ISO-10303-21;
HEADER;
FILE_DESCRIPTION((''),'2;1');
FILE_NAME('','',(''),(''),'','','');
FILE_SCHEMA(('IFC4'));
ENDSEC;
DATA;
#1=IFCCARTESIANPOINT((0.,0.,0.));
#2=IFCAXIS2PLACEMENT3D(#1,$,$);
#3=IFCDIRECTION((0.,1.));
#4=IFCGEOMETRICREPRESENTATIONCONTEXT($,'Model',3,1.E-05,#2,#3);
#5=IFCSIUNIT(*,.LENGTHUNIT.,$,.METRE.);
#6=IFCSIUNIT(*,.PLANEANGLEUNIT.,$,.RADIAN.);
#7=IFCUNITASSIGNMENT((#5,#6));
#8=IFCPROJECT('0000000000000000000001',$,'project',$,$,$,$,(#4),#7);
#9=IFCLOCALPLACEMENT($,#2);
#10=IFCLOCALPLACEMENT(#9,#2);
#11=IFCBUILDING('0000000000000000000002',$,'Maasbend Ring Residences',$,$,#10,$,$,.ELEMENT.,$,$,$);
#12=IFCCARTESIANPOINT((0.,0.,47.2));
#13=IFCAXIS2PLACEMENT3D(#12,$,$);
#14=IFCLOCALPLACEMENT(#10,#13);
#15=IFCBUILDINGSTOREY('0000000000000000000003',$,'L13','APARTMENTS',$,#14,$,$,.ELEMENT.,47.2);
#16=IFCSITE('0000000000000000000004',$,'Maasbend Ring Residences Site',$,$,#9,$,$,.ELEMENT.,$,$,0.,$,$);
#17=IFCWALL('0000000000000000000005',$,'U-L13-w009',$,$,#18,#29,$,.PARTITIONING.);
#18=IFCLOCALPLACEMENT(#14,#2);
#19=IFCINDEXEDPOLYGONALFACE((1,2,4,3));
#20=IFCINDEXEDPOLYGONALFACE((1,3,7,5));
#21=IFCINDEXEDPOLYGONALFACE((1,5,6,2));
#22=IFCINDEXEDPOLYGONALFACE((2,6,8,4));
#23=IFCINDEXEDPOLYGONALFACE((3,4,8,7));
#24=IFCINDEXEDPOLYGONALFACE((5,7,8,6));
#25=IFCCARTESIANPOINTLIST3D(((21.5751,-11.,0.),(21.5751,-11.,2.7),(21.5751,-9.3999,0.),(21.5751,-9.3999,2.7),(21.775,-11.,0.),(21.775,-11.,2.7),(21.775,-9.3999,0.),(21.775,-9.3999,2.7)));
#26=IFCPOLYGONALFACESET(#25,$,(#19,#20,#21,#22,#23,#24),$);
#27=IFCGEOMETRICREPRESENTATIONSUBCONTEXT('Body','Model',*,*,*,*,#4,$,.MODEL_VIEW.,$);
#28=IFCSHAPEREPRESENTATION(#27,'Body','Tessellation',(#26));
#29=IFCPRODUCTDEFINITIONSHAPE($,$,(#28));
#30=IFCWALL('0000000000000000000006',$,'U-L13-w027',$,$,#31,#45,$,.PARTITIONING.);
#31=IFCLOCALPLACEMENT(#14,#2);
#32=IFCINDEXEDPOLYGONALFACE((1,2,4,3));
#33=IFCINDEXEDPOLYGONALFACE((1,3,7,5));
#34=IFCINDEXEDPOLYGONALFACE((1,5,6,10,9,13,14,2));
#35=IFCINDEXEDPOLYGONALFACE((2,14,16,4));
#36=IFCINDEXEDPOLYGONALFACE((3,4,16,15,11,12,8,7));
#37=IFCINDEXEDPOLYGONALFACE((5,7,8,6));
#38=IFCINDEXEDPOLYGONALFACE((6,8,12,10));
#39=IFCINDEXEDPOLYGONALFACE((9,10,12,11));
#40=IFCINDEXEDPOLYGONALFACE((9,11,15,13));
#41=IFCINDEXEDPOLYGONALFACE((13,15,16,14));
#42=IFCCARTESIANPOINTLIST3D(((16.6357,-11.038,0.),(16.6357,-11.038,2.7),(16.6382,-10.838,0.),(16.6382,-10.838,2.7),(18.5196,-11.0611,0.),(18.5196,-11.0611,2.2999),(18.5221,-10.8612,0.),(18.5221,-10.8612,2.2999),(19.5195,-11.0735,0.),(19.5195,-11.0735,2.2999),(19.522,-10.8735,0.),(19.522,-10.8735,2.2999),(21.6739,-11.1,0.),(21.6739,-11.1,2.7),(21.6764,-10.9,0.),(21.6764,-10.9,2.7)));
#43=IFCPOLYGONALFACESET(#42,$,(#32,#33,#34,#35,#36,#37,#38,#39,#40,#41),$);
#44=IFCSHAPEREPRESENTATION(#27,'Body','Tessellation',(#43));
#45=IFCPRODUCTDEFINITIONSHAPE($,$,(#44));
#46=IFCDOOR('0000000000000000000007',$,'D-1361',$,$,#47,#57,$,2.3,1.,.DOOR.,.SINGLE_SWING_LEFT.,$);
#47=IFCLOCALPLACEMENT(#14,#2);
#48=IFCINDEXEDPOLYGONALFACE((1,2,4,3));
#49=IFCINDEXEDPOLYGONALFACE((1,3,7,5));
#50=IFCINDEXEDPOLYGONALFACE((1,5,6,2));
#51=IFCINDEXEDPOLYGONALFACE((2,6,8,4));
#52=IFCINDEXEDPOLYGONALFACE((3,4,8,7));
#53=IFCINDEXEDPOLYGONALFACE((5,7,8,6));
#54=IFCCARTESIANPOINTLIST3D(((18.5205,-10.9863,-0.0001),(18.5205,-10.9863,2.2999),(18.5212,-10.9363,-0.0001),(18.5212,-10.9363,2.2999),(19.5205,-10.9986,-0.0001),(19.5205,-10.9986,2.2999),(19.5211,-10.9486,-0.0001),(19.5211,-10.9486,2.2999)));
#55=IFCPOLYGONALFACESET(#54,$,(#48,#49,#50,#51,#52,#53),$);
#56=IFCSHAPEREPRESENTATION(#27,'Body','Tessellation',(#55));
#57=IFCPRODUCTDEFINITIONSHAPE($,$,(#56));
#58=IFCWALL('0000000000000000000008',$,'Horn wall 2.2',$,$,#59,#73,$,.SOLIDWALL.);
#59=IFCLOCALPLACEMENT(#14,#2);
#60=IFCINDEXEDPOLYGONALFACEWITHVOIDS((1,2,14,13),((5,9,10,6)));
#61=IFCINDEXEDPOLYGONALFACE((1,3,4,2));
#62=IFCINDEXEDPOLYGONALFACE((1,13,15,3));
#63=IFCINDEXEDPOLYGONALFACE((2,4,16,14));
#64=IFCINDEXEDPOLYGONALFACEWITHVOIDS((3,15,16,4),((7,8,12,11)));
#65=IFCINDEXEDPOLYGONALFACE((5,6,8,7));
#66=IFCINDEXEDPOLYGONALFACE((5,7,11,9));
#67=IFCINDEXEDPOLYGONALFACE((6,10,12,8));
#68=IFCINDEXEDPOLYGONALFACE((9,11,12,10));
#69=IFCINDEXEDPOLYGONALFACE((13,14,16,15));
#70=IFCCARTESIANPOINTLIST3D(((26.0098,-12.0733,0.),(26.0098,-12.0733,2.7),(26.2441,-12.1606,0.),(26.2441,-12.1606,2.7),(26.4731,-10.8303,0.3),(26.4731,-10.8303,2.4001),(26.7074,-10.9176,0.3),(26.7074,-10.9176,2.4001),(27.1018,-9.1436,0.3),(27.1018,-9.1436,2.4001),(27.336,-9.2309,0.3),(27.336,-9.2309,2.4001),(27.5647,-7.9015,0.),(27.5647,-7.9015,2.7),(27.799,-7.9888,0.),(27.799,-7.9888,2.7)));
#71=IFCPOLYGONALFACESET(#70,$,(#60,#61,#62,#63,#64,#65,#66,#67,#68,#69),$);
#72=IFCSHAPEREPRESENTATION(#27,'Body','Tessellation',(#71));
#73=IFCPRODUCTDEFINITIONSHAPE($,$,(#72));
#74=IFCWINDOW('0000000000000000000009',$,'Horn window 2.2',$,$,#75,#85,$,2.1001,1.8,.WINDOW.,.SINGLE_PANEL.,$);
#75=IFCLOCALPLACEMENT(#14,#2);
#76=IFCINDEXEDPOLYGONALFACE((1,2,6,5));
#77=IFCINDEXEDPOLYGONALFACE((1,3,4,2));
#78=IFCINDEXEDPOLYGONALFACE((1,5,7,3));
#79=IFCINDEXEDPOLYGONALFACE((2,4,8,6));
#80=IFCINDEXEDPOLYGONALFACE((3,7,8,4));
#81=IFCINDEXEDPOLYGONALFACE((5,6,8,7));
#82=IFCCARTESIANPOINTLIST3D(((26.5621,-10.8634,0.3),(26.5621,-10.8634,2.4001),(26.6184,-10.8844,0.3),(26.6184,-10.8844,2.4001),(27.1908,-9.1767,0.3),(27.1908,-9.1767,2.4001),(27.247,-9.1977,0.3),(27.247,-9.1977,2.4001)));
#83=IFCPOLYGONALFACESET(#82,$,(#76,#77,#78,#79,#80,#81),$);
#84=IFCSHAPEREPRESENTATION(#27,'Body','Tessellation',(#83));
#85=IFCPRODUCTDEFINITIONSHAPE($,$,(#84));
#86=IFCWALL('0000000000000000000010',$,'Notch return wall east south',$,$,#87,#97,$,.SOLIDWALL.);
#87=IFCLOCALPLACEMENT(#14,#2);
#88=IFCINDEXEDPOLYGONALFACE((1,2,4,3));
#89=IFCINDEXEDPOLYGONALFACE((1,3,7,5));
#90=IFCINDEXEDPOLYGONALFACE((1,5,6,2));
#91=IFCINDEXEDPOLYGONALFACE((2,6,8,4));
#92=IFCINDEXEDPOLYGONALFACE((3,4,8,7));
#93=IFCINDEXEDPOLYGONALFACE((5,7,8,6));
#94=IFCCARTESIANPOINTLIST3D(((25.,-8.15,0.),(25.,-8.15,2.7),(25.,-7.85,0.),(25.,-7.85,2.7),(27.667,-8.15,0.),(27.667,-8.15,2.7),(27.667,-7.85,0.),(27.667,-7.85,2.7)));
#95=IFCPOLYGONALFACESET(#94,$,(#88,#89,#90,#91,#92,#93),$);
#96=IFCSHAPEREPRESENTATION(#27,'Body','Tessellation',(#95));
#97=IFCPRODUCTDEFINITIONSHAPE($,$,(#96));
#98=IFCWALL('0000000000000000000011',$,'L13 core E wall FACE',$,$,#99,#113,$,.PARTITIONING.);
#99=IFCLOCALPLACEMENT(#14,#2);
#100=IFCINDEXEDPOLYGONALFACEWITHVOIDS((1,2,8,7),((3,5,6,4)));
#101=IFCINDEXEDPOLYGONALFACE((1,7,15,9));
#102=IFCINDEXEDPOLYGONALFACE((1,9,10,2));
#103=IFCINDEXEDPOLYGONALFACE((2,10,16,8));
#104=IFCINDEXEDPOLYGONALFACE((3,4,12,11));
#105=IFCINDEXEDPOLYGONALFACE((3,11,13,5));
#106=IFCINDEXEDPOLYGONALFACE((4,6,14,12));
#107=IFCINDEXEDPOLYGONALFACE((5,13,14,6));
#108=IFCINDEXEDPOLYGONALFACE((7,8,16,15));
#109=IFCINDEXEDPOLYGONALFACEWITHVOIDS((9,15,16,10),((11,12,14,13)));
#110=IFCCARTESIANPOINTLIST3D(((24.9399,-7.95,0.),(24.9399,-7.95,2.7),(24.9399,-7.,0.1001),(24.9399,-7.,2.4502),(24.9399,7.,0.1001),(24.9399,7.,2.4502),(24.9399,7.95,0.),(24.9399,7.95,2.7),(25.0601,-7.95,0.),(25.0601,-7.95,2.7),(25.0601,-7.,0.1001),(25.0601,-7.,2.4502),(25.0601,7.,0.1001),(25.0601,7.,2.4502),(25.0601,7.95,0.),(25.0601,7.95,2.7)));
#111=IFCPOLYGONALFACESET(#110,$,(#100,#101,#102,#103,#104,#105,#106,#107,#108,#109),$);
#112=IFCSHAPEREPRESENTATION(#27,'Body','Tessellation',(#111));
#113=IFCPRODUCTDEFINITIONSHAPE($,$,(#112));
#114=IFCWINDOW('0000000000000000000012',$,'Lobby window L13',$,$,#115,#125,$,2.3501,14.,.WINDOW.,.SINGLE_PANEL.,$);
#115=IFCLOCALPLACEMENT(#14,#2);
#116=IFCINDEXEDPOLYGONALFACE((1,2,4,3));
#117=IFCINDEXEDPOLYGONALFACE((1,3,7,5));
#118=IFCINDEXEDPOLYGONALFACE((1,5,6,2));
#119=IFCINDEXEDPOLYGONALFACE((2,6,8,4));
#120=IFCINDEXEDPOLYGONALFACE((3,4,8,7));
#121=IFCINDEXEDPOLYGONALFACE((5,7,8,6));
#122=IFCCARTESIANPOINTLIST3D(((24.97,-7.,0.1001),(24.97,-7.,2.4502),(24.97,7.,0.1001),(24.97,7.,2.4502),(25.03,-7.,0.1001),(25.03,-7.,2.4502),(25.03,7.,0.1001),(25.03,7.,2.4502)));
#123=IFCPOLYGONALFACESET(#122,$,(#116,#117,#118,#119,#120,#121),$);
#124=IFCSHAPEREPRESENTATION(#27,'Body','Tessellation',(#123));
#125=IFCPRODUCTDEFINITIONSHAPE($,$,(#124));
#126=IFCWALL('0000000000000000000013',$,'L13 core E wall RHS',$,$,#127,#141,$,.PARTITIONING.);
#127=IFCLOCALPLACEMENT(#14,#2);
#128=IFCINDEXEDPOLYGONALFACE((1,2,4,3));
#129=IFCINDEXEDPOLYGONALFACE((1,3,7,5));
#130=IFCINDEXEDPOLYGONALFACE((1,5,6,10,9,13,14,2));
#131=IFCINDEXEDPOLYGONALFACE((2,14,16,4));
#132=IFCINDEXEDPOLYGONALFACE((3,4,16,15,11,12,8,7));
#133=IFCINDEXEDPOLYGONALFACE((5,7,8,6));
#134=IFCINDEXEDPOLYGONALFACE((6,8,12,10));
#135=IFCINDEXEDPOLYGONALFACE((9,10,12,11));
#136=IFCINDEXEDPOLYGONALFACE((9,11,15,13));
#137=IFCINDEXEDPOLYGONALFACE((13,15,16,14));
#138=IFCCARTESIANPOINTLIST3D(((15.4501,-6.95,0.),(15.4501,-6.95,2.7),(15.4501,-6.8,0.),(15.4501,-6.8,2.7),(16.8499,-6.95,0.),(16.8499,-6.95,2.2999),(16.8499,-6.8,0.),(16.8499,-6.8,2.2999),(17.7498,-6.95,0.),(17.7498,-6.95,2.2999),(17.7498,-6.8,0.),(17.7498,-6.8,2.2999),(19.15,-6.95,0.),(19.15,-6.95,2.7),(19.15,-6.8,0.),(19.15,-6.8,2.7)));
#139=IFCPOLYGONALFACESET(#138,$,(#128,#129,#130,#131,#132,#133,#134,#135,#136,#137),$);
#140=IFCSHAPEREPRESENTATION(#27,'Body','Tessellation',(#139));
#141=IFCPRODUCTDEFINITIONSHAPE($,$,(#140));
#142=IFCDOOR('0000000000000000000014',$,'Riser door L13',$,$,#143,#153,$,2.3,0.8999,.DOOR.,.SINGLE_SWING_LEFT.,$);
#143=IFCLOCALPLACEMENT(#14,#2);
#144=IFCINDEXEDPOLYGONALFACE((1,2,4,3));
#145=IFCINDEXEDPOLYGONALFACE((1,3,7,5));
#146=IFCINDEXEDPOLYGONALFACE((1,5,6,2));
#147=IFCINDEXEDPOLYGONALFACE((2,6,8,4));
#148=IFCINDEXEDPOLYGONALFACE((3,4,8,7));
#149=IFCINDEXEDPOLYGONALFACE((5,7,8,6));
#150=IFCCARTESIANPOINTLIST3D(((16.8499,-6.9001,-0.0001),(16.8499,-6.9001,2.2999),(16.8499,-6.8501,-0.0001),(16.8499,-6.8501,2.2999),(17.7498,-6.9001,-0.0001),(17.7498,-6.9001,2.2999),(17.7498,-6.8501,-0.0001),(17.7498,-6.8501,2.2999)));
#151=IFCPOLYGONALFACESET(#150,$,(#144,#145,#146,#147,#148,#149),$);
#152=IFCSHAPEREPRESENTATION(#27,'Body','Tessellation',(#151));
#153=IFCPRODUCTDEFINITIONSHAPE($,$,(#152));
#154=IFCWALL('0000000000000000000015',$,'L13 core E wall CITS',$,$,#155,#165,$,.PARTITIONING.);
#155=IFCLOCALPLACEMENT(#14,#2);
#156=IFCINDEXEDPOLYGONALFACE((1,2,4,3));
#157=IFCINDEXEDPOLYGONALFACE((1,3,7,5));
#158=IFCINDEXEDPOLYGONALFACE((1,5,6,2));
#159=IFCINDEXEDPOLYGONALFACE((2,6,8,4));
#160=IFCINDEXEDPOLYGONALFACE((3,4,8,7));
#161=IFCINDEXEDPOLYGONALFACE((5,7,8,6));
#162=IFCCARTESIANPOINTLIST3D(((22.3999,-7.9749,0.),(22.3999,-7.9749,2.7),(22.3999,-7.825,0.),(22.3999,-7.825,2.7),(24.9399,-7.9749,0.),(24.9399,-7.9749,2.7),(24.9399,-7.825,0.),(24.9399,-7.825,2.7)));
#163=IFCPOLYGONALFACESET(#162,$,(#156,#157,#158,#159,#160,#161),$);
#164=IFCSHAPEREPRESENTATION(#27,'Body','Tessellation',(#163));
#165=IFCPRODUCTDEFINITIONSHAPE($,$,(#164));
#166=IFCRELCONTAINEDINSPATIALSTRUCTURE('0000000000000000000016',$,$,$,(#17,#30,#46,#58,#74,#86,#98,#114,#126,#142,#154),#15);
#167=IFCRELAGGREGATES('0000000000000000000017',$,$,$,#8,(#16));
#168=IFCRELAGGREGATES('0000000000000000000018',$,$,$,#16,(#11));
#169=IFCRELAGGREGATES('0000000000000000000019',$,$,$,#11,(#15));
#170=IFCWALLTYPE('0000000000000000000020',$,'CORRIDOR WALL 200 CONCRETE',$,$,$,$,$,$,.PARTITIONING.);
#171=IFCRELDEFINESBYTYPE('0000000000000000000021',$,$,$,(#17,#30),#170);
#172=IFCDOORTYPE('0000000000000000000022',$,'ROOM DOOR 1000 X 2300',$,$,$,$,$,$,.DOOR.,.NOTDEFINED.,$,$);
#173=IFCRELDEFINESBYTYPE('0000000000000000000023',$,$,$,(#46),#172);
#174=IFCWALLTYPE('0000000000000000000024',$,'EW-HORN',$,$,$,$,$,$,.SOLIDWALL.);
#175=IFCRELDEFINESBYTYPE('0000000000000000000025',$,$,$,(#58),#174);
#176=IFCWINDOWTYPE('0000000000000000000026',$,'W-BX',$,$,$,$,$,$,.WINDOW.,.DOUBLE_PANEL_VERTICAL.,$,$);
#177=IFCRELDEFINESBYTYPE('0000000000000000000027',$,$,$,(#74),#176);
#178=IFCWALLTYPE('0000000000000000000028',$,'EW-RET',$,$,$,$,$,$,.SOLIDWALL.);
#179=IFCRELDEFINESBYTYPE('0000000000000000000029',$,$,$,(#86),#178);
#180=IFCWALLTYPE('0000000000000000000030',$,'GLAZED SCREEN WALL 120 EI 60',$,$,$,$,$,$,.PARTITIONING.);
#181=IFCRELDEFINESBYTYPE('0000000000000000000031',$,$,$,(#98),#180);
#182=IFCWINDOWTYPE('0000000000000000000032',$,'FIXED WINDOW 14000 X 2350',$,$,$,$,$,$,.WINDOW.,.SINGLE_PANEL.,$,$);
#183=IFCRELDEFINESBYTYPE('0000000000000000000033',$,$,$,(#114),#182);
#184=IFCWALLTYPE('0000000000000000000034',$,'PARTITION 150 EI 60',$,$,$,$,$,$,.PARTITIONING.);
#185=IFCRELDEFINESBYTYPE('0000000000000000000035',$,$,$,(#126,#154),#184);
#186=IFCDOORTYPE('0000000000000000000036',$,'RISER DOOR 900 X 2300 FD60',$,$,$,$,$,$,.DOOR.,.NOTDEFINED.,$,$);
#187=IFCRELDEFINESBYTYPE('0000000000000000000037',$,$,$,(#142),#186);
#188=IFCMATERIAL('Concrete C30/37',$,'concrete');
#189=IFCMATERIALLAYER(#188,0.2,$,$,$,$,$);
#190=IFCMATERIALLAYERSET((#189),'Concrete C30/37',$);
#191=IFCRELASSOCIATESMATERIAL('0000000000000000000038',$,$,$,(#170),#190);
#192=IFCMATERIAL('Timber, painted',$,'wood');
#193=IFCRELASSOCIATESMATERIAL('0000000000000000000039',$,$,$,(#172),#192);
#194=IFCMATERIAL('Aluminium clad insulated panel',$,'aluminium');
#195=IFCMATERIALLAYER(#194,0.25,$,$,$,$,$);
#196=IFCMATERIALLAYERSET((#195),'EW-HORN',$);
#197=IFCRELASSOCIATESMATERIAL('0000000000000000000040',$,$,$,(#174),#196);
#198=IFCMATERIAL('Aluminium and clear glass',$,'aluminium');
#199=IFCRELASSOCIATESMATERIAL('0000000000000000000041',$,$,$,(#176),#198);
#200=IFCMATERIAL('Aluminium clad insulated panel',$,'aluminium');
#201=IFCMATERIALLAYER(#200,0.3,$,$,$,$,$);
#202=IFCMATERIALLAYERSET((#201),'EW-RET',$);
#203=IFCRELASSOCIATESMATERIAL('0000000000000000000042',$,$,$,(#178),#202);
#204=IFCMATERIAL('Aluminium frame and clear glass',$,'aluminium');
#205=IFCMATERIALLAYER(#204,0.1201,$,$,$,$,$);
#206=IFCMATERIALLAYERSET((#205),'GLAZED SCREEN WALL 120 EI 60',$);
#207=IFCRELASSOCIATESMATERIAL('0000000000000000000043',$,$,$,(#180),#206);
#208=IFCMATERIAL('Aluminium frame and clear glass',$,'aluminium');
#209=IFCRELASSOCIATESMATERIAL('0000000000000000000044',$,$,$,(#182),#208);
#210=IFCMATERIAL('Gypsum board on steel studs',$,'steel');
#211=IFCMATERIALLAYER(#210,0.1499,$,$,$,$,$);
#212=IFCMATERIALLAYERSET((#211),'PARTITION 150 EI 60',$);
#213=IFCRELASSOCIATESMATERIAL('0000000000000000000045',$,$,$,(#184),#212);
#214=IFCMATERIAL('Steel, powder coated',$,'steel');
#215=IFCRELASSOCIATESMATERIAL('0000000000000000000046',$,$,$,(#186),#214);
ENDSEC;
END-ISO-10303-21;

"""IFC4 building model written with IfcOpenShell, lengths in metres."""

from ifc_helpers import new_model, si_unit, direction, frame, frame_2d, origin, place, context, subcontext, project, spatial, rectangle, extrude, material, layer, layer_set, type_object, element, fill, save


model = new_model("IFC4")

# Units and contexts
model_context = context("Model", 3, precision=1e-05, world=origin(), true_north=direction((0.0, 1.0)))
body_context = subcontext(model_context, "Body", "Model", "MODEL_VIEW")
ifc_project = project(units=[si_unit("LENGTHUNIT", "METRE"), si_unit("PLANEANGLEUNIT", "RADIAN")], contexts=[model_context])

# Site, building, storey
site_placement = place(None, origin())
site = spatial("IfcSite", under=ifc_project, at=site_placement, Name="Maasbend Ring Residences Site", CompositionType="ELEMENT", RefElevation=0.0)
building_placement = place(site_placement, origin())
building = spatial("IfcBuilding", under=site, at=building_placement, Name="Maasbend Ring Residences", CompositionType="ELEMENT")
storey_placement = place(building_placement, frame((0.0, 0.0, 47.2)))
storey = spatial("IfcBuildingStorey", under=building, at=storey_placement, Name="L13", Description="APARTMENTS", CompositionType="ELEMENT", Elevation=47.2)

# Wall
ifc_material_1 = material(Name="Concrete C30/37", Category="concrete")
ifc_layer_1 = layer(ifc_material_1, 0.2)
ifc_layer_set_1 = layer_set([ifc_layer_1], Name="Concrete C30/37")
wall_type_1 = type_object("IfcWallType", Name="CORRIDOR WALL 200 CONCRETE", PredefinedType="PARTITIONING", material=ifc_layer_set_1)
wall_1_placement = place(storey_placement, frame((21.675, -11.0, 0.0), z_axis=(0.0, 0.0, 1.0), x_axis=(0.0, 1.0, 0.0)))
element("IfcWall", 1, at=wall_1_placement, inside=storey, type_object=wall_type_1, Name="U-L13-w009", PredefinedType="PARTITIONING", context=body_context, shape_type="SweptSolid", body=[
    extrude(rectangle(XDim=1.6001, YDim=0.2, at=frame_2d((0.8, 0.0))), origin(), (0.0, 0.0, 1.0), 2.7),
])

# Wall, opening, door
wall_2_placement = place(storey_placement, frame((16.637, -10.938, 0.0), z_axis=(0.0, 0.0, 1.0), x_axis=(0.999924, -0.012308, 0.0)))
wall_2 = element("IfcWall", 2, at=wall_2_placement, inside=storey, type_object=wall_type_1, Name="U-L13-w027", PredefinedType="PARTITIONING", context=body_context, shape_type="SweptSolid", body=[
    extrude(rectangle(XDim=5.0386, YDim=0.2, at=frame_2d((2.5193, 0.0))), origin(), (0.0, 0.0, 1.0), 2.7),
])
opening_1_placement = place(wall_2_placement, frame((1.884, 0.0, 0.0)))
opening_1 = element("IfcOpeningElement", 3, at=opening_1_placement, cuts=wall_2, PredefinedType="OPENING", context=body_context, shape_type="SweptSolid", body=[
    extrude(rectangle(XDim=1.0, YDim=2.3, at=frame_2d((0.5, 1.1499))), frame((0.0, 0.1099, 0.0), z_axis=(0.0, -1.0, 0.0), x_axis=(1.0, 0.0, 0.0)), (0.0, 0.0, 1.0), 0.22),
])
ifc_material_2 = material(Name="Timber, painted", Category="wood")
door_type_1 = type_object("IfcDoorType", Name="ROOM DOOR 1000 X 2300", OperationType="NOTDEFINED", PredefinedType="DOOR", material=ifc_material_2)
door_1_placement = place(opening_1_placement, origin())
door_1 = element("IfcDoor", 4, at=door_1_placement, inside=storey, type_object=door_type_1, Name="D-1361", OperationType="SINGLE_SWING_LEFT", OverallHeight=2.3, OverallWidth=1.0, PredefinedType="DOOR", context=body_context, shape_type="SweptSolid", body=[
    extrude(rectangle(XDim=1.0, YDim=2.3, at=frame_2d((0.5, 1.1499))), frame((0.0, 0.0249, 0.0), z_axis=(0.0, -1.0, 0.0), x_axis=(1.0, 0.0, 0.0)), (0.0, 0.0, 1.0), 0.05),
])
fill(opening_1, door_1)

# Wall, opening, window
ifc_material_3 = material(Name="Aluminium clad insulated panel", Category="aluminium")
ifc_layer_2 = layer(ifc_material_3, 0.25)
ifc_layer_set_2 = layer_set([ifc_layer_2], Name="EW-HORN")
wall_type_2 = type_object("IfcWallType", Name="EW-HORN", PredefinedType="SOLIDWALL", material=ifc_layer_set_2)
wall_3_placement = place(storey_placement, frame((26.127, -12.1169, 0.0), z_axis=(0.0, 0.0, 1.0), x_axis=(0.349248, 0.93703, 0.0)))
wall_3 = element("IfcWall", 5, at=wall_3_placement, inside=storey, type_object=wall_type_2, Name="Horn wall 2.2", PredefinedType="SOLIDWALL", context=body_context, shape_type="SweptSolid", body=[
    extrude(rectangle(XDim=4.4521, YDim=0.25, at=frame_2d((2.2261, 0.0))), origin(), (0.0, 0.0, 1.0), 2.7),
])
opening_2_placement = place(wall_3_placement, frame((1.3267, 0.0, 0.3)))
opening_2 = element("IfcOpeningElement", 6, at=opening_2_placement, cuts=wall_3, PredefinedType="OPENING", context=body_context, shape_type="SweptSolid", body=[
    extrude(rectangle(XDim=1.8, YDim=2.1001, at=frame_2d((0.8999, 1.05))), frame((0.0, 0.135, 0.0), z_axis=(0.0, -1.0, 0.0), x_axis=(1.0, 0.0, 0.0)), (0.0, 0.0, 1.0), 0.27),
])
ifc_material_4 = material(Name="Aluminium and clear glass", Category="aluminium")
window_type_1 = type_object("IfcWindowType", Name="W-BX", PartitioningType="DOUBLE_PANEL_VERTICAL", PredefinedType="WINDOW", material=ifc_material_4)
window_1_placement = place(opening_2_placement, origin())
window_1 = element("IfcWindow", 7, at=window_1_placement, inside=storey, type_object=window_type_1, Name="Horn window 2.2", OverallHeight=2.1001, OverallWidth=1.8, PartitioningType="SINGLE_PANEL", PredefinedType="WINDOW", context=body_context, shape_type="SweptSolid", body=[
    extrude(rectangle(XDim=1.8, YDim=2.1001, at=frame_2d((0.8999, 1.05))), frame((0.0, 0.03, 0.0), z_axis=(0.0, -1.0, 0.0), x_axis=(1.0, 0.0, 0.0)), (0.0, 0.0, 1.0), 0.0601),
])
fill(opening_2, window_1)

# Wall
ifc_material_5 = material(Name="Aluminium clad insulated panel", Category="aluminium")
ifc_layer_3 = layer(ifc_material_5, 0.3)
ifc_layer_set_3 = layer_set([ifc_layer_3], Name="EW-RET")
wall_type_3 = type_object("IfcWallType", Name="EW-RET", PredefinedType="SOLIDWALL", material=ifc_layer_set_3)
wall_4_placement = place(storey_placement, frame((25.0, -8.0, 0.0), z_axis=(0.0, 0.0, 1.0), x_axis=(1.0, 0.0, 0.0)))
element("IfcWall", 8, at=wall_4_placement, inside=storey, type_object=wall_type_3, Name="Notch return wall east south", PredefinedType="SOLIDWALL", context=body_context, shape_type="SweptSolid", body=[
    extrude(rectangle(XDim=2.667, YDim=0.3, at=frame_2d((1.3335, 0.0))), origin(), (0.0, 0.0, 1.0), 2.7),
])

# Wall, opening, window
ifc_material_6 = material(Name="Aluminium frame and clear glass", Category="aluminium")
ifc_layer_4 = layer(ifc_material_6, 0.1201)
ifc_layer_set_4 = layer_set([ifc_layer_4], Name="GLAZED SCREEN WALL 120 EI 60")
wall_type_4 = type_object("IfcWallType", Name="GLAZED SCREEN WALL 120 EI 60", PredefinedType="PARTITIONING", material=ifc_layer_set_4)
wall_5_placement = place(storey_placement, frame((25.0, -7.95, 0.0), z_axis=(0.0, 0.0, 1.0), x_axis=(0.0, 1.0, 0.0)))
wall_5 = element("IfcWall", 9, at=wall_5_placement, inside=storey, type_object=wall_type_4, Name="L13 core E wall FACE", PredefinedType="PARTITIONING", context=body_context, shape_type="SweptSolid", body=[
    extrude(rectangle(XDim=15.8999, YDim=0.1201, at=frame_2d((7.95, 0.0))), origin(), (0.0, 0.0, 1.0), 2.7),
])
opening_3_placement = place(wall_5_placement, frame((0.95, 0.0, 0.1001)))
opening_3 = element("IfcOpeningElement", 10, at=opening_3_placement, cuts=wall_5, PredefinedType="OPENING", context=body_context, shape_type="SweptSolid", body=[
    extrude(rectangle(XDim=14.0, YDim=2.3501, at=frame_2d((7.0, 1.175))), frame((0.0, 0.0701, 0.0), z_axis=(0.0, -1.0, 0.0), x_axis=(1.0, 0.0, 0.0)), (0.0, 0.0, 1.0), 0.1401),
])
ifc_material_7 = material(Name="Aluminium frame and clear glass", Category="aluminium")
window_type_2 = type_object("IfcWindowType", Name="FIXED WINDOW 14000 X 2350", PartitioningType="SINGLE_PANEL", PredefinedType="WINDOW", material=ifc_material_7)
window_2_placement = place(opening_3_placement, origin())
window_2 = element("IfcWindow", 11, at=window_2_placement, inside=storey, type_object=window_type_2, Name="Lobby window L13", OverallHeight=2.3501, OverallWidth=14.0, PartitioningType="SINGLE_PANEL", PredefinedType="WINDOW", context=body_context, shape_type="SweptSolid", body=[
    extrude(rectangle(XDim=14.0, YDim=2.3501, at=frame_2d((7.0, 1.175))), frame((0.0, 0.03, 0.0), z_axis=(0.0, -1.0, 0.0), x_axis=(1.0, 0.0, 0.0)), (0.0, 0.0, 1.0), 0.0601),
])
fill(opening_3, window_2)

# Wall, opening, door
ifc_material_8 = material(Name="Gypsum board on steel studs", Category="steel")
ifc_layer_5 = layer(ifc_material_8, 0.1499)
ifc_layer_set_5 = layer_set([ifc_layer_5], Name="PARTITION 150 EI 60")
wall_type_5 = type_object("IfcWallType", Name="PARTITION 150 EI 60", PredefinedType="PARTITIONING", material=ifc_layer_set_5)
wall_6_placement = place(storey_placement, frame((15.45, -6.875, 0.0), z_axis=(0.0, 0.0, 1.0), x_axis=(1.0, 0.0, 0.0)))
wall_6 = element("IfcWall", 12, at=wall_6_placement, inside=storey, type_object=wall_type_5, Name="L13 core E wall RHS", PredefinedType="PARTITIONING", context=body_context, shape_type="SweptSolid", body=[
    extrude(rectangle(XDim=3.7, YDim=0.1499, at=frame_2d((1.8501, 0.0))), origin(), (0.0, 0.0, 1.0), 2.7),
])
opening_4_placement = place(wall_6_placement, frame((1.3999, 0.0, 0.0)))
opening_4 = element("IfcOpeningElement", 13, at=opening_4_placement, cuts=wall_6, PredefinedType="OPENING", context=body_context, shape_type="SweptSolid", body=[
    extrude(rectangle(XDim=0.8999, YDim=2.3, at=frame_2d((0.45, 1.1499))), frame((0.0, 0.085, 0.0), z_axis=(0.0, -1.0, 0.0), x_axis=(1.0, 0.0, 0.0)), (0.0, 0.0, 1.0), 0.1699),
])
ifc_material_9 = material(Name="Steel, powder coated", Category="steel")
door_type_2 = type_object("IfcDoorType", Name="RISER DOOR 900 X 2300 FD60", OperationType="NOTDEFINED", PredefinedType="DOOR", material=ifc_material_9)
door_2_placement = place(opening_4_placement, origin())
door_2 = element("IfcDoor", 14, at=door_2_placement, inside=storey, type_object=door_type_2, Name="Riser door L13", OperationType="SINGLE_SWING_LEFT", OverallHeight=2.3, OverallWidth=0.8999, PredefinedType="DOOR", context=body_context, shape_type="SweptSolid", body=[
    extrude(rectangle(XDim=0.8999, YDim=2.3, at=frame_2d((0.45, 1.1499))), frame((0.0, 0.0249, 0.0), z_axis=(0.0, -1.0, 0.0), x_axis=(1.0, 0.0, 0.0)), (0.0, 0.0, 1.0), 0.05),
])
fill(opening_4, door_2)

# Wall
wall_7_placement = place(storey_placement, frame((22.3999, -7.8999, 0.0), z_axis=(0.0, 0.0, 1.0), x_axis=(1.0, 0.0, 0.0)))
element("IfcWall", 15, at=wall_7_placement, inside=storey, type_object=wall_type_5, Name="L13 core E wall CITS", PredefinedType="PARTITIONING", context=body_context, shape_type="SweptSolid", body=[
    extrude(rectangle(XDim=2.54, YDim=0.1499, at=frame_2d((1.27, 0.0))), origin(), (0.0, 0.0, 1.0), 2.7),
])

save(model, "model.ifc")
